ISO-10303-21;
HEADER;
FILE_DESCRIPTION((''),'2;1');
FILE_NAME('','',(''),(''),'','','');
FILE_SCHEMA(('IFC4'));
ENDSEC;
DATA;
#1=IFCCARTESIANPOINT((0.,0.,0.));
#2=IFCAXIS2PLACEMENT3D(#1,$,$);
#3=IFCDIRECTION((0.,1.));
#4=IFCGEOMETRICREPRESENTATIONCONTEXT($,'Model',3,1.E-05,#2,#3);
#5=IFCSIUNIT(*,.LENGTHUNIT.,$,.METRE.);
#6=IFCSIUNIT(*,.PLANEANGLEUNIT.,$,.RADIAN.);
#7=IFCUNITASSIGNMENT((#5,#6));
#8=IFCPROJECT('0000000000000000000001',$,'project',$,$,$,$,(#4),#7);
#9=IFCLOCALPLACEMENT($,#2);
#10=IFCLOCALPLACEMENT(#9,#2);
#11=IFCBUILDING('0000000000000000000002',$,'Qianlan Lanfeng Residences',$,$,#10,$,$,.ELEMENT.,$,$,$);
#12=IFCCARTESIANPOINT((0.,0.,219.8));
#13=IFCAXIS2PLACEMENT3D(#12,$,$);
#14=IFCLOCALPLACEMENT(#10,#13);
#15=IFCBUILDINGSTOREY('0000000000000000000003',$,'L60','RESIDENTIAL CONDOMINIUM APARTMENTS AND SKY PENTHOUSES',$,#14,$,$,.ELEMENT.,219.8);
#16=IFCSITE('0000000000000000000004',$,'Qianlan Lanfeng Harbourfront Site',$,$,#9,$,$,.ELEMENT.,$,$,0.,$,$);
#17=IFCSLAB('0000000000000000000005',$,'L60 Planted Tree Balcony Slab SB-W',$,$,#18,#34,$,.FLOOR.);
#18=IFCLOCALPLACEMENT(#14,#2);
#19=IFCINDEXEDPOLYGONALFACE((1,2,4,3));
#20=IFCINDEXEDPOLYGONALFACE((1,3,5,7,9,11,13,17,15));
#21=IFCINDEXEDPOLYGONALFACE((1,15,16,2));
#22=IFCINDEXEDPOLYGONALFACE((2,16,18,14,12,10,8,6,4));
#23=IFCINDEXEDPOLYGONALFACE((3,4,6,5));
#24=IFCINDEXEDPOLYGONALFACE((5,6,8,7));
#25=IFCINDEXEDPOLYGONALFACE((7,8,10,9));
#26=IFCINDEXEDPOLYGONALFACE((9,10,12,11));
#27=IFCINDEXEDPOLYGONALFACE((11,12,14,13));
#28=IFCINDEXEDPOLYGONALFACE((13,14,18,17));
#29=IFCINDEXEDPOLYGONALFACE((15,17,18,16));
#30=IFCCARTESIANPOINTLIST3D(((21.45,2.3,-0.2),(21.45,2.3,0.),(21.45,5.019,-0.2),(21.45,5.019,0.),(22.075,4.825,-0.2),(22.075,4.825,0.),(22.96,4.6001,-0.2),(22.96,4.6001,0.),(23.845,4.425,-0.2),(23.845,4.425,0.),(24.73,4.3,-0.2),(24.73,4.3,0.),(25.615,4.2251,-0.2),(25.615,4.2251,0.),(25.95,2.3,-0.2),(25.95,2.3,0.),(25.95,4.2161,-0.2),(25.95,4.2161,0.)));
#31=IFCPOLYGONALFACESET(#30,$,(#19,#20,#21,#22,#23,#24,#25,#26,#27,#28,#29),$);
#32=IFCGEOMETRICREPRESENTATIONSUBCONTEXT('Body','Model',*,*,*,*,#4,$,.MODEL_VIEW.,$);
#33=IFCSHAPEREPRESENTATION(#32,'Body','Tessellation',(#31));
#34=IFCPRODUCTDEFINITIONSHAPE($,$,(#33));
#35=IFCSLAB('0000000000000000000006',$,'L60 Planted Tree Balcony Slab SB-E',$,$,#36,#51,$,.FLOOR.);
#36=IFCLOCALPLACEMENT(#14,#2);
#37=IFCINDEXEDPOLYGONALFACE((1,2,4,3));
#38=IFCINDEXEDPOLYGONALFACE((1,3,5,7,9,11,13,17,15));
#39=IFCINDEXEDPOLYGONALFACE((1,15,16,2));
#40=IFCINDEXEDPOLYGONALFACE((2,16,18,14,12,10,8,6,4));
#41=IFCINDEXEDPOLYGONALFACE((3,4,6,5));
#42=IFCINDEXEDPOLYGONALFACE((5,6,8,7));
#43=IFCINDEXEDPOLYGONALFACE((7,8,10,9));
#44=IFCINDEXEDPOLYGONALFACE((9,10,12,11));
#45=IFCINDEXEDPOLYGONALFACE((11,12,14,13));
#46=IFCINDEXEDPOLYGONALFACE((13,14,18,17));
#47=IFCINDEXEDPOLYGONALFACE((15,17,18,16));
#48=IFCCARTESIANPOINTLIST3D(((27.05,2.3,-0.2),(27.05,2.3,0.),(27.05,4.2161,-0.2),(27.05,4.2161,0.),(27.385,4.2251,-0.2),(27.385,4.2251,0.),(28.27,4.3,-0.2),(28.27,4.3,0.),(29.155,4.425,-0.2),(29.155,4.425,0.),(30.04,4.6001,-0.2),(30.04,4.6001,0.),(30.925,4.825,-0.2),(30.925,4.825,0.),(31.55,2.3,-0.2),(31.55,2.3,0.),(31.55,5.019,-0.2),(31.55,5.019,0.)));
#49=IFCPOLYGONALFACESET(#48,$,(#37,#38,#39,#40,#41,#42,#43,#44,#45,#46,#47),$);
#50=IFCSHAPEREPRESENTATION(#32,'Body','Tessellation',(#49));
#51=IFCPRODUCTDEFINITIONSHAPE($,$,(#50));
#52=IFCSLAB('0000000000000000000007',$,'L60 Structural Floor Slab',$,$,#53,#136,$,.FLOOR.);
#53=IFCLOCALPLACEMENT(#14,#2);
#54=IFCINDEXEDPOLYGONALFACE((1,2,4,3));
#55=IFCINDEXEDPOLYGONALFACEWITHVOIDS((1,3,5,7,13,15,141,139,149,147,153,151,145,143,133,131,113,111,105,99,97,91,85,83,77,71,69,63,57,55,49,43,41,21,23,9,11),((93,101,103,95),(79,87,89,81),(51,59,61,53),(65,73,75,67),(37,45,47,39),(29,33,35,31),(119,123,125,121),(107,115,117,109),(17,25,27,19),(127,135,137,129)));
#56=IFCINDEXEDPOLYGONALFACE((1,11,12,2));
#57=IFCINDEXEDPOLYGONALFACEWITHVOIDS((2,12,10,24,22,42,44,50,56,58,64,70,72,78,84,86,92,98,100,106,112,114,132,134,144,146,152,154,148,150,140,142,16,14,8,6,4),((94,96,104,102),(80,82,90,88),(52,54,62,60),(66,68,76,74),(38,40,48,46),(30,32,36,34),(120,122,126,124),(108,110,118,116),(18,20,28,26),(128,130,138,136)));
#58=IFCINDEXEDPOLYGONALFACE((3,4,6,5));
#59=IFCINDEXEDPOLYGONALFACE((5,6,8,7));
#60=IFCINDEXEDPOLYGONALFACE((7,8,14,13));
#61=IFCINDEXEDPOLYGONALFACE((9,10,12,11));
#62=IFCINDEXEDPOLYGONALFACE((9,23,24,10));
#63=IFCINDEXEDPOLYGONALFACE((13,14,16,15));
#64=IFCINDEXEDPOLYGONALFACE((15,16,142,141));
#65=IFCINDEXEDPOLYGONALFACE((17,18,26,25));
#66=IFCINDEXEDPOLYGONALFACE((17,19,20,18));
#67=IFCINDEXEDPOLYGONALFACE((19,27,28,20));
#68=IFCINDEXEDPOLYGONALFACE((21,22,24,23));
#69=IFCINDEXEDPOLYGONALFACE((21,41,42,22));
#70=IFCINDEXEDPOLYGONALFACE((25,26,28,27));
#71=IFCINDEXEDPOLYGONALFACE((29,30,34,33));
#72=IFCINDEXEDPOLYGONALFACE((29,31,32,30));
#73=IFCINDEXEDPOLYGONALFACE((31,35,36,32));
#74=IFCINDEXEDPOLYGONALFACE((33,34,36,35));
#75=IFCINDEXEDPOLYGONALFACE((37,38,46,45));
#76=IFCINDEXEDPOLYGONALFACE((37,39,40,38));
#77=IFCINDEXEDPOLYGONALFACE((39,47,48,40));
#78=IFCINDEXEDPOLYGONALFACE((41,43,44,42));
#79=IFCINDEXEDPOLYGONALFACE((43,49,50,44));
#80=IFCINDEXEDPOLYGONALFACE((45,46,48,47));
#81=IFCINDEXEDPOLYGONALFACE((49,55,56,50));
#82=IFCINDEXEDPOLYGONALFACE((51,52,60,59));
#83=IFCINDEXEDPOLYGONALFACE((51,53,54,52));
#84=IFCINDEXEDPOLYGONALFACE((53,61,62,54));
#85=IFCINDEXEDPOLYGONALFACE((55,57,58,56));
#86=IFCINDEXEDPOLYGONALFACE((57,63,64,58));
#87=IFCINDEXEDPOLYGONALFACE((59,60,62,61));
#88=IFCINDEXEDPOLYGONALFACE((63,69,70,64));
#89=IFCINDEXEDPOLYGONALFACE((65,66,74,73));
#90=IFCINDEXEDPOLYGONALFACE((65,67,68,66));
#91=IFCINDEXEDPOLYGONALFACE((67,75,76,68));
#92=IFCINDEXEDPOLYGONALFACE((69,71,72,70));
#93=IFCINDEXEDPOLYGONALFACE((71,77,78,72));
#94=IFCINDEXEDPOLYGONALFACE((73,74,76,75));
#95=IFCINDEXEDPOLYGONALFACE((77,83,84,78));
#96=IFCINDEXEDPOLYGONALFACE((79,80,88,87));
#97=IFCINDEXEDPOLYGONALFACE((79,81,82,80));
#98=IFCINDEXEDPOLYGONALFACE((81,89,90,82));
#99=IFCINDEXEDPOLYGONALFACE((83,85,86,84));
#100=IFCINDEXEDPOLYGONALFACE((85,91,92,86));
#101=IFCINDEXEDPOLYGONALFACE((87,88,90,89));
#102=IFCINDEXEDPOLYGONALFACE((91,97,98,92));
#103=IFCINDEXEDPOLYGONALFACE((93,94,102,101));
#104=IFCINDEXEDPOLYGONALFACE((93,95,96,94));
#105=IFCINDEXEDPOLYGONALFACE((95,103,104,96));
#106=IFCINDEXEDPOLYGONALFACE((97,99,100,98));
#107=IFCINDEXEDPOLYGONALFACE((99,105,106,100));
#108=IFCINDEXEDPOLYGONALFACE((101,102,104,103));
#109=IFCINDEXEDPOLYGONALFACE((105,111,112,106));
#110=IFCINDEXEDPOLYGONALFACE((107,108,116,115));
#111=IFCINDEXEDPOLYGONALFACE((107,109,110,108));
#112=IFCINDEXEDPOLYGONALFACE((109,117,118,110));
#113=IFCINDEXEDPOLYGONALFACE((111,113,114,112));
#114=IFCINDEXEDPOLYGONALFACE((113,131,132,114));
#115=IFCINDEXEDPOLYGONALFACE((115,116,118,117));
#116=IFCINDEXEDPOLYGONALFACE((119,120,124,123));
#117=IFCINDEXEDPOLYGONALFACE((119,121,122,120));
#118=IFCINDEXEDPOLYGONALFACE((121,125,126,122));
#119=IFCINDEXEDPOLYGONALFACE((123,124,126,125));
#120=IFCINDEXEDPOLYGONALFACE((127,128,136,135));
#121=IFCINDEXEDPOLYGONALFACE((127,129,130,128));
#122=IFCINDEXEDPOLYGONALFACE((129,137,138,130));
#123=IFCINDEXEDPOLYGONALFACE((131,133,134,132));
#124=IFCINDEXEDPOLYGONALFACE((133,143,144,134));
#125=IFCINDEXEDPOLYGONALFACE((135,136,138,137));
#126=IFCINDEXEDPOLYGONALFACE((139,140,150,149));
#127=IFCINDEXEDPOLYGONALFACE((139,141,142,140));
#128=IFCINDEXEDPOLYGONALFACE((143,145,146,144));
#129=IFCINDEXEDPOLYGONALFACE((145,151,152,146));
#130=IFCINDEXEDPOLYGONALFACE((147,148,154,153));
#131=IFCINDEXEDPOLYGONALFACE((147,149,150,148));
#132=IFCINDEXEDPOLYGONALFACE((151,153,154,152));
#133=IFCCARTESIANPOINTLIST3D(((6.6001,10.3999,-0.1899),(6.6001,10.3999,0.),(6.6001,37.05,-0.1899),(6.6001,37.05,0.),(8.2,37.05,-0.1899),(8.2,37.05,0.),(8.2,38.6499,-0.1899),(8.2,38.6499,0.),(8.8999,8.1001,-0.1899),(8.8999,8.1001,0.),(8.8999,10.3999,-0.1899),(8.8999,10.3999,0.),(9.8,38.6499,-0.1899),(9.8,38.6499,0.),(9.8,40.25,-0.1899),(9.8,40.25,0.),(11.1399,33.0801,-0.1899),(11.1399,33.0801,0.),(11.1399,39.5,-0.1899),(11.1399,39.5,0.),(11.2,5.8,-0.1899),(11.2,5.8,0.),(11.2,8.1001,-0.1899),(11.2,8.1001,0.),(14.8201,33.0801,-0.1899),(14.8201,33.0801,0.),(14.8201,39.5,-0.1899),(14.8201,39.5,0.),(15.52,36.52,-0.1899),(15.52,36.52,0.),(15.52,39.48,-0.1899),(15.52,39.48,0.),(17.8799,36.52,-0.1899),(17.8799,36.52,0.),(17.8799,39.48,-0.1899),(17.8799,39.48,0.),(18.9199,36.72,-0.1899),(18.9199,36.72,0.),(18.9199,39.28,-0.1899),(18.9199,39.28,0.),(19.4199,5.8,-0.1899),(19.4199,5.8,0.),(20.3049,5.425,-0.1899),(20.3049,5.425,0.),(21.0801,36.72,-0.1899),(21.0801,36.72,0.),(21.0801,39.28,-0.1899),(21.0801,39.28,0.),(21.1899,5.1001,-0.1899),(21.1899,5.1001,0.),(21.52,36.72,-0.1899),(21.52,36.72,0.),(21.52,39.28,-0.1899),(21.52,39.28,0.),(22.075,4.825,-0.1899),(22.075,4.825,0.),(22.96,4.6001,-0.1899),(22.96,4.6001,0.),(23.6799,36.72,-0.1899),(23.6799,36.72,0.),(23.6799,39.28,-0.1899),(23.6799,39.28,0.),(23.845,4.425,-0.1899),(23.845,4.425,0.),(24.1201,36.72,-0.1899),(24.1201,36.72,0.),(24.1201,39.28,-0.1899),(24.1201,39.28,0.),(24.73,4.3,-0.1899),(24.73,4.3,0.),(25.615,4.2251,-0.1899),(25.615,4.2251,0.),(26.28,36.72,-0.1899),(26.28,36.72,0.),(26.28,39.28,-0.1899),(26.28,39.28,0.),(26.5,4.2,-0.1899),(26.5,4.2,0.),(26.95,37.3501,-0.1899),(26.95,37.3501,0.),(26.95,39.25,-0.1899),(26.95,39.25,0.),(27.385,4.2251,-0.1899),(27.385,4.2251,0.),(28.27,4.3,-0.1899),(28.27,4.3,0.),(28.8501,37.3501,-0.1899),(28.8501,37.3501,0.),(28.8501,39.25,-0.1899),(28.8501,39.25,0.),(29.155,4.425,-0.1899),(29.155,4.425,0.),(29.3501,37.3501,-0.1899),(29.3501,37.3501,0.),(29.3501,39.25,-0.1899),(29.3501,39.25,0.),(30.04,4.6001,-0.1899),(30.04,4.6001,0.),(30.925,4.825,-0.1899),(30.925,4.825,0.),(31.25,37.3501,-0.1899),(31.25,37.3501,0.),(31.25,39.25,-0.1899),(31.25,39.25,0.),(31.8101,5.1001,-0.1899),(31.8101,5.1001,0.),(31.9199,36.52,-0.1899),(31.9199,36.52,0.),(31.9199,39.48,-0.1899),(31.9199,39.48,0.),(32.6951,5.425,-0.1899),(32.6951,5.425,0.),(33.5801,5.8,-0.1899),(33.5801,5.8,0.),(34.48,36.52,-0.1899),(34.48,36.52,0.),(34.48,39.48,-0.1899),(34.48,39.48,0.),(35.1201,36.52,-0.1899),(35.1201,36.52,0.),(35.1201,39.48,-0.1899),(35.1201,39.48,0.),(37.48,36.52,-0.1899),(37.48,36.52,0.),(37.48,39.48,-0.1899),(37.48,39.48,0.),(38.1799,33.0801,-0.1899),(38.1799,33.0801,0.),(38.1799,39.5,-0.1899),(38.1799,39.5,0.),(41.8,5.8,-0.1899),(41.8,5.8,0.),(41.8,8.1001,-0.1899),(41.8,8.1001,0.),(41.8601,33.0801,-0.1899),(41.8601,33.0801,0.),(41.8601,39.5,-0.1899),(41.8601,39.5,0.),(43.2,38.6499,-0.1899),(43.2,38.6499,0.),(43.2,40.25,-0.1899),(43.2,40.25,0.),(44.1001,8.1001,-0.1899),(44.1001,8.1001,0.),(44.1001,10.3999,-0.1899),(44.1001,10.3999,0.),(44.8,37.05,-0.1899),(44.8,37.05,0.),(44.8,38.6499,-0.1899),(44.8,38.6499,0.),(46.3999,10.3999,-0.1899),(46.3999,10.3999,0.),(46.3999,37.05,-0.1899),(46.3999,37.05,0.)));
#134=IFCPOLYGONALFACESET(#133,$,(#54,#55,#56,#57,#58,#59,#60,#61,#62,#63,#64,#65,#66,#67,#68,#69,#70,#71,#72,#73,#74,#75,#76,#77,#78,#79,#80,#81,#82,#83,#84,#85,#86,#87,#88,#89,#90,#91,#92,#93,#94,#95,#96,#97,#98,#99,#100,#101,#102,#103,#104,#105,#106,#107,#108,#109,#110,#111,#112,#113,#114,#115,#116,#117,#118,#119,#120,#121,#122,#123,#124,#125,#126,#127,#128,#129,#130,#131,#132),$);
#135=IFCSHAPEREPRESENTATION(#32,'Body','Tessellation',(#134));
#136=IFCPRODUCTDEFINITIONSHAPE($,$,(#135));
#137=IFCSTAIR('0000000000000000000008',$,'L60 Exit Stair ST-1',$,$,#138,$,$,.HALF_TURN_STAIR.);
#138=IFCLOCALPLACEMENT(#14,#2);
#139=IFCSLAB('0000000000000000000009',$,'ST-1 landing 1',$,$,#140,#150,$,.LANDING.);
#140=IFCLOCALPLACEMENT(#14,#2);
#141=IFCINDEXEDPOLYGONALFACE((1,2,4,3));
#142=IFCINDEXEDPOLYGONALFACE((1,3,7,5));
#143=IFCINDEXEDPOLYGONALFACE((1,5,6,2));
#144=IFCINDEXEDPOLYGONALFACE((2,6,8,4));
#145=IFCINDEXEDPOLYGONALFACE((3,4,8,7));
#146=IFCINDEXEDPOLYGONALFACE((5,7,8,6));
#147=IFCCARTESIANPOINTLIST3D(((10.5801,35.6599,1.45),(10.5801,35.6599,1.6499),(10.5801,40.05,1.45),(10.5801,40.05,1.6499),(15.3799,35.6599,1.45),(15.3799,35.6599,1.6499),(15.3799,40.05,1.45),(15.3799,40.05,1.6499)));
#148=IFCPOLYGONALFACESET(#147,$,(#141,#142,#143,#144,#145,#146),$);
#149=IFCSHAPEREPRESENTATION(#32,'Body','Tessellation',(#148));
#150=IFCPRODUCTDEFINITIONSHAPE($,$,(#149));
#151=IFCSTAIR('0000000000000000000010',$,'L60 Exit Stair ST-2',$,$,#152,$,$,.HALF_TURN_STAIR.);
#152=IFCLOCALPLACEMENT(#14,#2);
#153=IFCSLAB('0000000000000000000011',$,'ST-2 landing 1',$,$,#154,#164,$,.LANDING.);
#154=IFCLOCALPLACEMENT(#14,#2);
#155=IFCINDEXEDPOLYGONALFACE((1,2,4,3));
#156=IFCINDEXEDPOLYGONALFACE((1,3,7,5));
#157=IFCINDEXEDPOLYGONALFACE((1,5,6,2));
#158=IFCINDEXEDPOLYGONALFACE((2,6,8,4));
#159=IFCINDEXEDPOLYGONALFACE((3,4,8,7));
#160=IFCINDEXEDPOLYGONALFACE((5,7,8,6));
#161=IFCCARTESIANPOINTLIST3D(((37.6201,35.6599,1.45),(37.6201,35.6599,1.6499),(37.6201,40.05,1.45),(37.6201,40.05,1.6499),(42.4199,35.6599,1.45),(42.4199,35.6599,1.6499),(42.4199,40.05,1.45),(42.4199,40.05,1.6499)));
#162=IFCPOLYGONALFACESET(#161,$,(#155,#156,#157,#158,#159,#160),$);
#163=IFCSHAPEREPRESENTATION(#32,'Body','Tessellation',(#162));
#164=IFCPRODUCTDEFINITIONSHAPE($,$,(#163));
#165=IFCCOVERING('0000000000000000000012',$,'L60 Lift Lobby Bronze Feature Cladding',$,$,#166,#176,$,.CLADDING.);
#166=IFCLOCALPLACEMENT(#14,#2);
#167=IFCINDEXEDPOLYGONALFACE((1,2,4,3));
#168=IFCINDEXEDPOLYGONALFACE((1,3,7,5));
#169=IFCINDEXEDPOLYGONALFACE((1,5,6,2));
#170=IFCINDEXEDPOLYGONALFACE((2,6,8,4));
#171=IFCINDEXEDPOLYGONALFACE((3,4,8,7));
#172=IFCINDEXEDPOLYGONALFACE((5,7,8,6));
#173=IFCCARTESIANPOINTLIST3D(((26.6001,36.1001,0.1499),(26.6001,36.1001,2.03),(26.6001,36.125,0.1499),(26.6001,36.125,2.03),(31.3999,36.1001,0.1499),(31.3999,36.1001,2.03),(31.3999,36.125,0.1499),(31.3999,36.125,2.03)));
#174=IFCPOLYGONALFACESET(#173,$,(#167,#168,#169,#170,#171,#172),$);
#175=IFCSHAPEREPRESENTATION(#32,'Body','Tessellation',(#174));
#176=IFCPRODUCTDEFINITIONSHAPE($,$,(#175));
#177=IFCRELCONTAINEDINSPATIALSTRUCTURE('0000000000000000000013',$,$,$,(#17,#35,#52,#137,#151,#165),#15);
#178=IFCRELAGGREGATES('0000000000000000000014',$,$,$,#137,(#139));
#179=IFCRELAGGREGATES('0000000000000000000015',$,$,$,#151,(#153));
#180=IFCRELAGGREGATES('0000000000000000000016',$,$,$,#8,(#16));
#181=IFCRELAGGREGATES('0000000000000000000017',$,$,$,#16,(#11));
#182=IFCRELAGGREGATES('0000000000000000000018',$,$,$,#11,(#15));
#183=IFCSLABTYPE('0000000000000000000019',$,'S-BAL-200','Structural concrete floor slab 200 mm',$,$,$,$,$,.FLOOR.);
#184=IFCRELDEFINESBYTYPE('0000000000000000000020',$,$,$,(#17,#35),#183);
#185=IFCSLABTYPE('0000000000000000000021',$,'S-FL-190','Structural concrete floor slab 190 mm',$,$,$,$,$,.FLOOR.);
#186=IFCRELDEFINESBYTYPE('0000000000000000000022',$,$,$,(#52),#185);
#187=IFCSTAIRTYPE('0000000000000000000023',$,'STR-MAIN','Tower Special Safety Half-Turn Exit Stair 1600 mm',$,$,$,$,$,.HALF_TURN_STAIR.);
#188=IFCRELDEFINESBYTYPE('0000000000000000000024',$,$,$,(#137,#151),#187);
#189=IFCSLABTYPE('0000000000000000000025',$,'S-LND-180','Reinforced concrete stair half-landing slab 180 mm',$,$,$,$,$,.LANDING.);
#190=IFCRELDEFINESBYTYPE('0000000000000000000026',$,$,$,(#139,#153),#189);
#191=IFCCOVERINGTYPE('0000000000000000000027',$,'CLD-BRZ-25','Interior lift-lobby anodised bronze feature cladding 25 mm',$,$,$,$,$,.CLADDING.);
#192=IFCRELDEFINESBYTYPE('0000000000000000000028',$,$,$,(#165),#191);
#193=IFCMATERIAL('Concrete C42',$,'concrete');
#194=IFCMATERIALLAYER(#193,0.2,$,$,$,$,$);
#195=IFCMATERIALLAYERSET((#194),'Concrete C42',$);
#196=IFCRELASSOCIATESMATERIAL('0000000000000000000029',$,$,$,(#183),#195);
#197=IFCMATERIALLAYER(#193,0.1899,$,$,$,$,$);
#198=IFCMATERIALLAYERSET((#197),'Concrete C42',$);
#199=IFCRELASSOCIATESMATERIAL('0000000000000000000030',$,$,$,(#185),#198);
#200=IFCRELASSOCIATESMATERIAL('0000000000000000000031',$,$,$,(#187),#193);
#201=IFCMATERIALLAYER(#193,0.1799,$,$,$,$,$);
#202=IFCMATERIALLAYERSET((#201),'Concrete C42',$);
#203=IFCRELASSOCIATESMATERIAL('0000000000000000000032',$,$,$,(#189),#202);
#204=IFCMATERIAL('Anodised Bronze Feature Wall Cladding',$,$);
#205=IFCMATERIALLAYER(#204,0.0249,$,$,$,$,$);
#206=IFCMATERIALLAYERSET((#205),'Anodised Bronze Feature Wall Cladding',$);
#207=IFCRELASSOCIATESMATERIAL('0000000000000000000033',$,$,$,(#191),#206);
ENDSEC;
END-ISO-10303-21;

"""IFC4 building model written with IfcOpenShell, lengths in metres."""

from ifc_helpers import new_model, si_unit, direction, frame, origin, place, context, subcontext, project, spatial, polyline, outline, extrude, material, layer, layer_set, type_object, element, aggregate, save


model = new_model("IFC4")

# Units and contexts
model_context = context("Model", 3, precision=1e-05, world=origin(), true_north=direction((0.0, 1.0)))
body_context = subcontext(model_context, "Body", "Model", "MODEL_VIEW")
ifc_project = project(units=[si_unit("LENGTHUNIT", "METRE"), si_unit("PLANEANGLEUNIT", "RADIAN")], contexts=[model_context])

# Site, building, storey
site_placement = place(None, origin())
site = spatial("IfcSite", under=ifc_project, at=site_placement, Name="Qianlan Lanfeng Harbourfront Site", CompositionType="ELEMENT", RefElevation=0.0)
building_placement = place(site_placement, origin())
building = spatial("IfcBuilding", under=site, at=building_placement, Name="Qianlan Lanfeng Residences", CompositionType="ELEMENT")
storey_placement = place(building_placement, frame((0.0, 0.0, 219.8)))
storey = spatial("IfcBuildingStorey", under=building, at=storey_placement, Name="L60", Description="RESIDENTIAL CONDOMINIUM APARTMENTS AND SKY PENTHOUSES", CompositionType="ELEMENT", Elevation=219.8)

# Slabs
ifc_material_1 = material(Name="Concrete C42", Category="concrete")
ifc_layer_1 = layer(ifc_material_1, 0.2)
ifc_layer_set_1 = layer_set([ifc_layer_1], Name="Concrete C42")
slab_type_1 = type_object("IfcSlabType", Name="S-BAL-200", Description="Structural concrete floor slab 200 mm", PredefinedType="FLOOR", material=ifc_layer_set_1)
slab_1_placement = place(storey_placement, frame((0.0, 0.0, -0.2)))
element("IfcSlab", 1, at=slab_1_placement, inside=storey, type_object=slab_type_1, Name="L60 Planted Tree Balcony Slab SB-W", PredefinedType="FLOOR", context=body_context, shape_type="SweptSolid", body=[
    extrude(outline(polyline([(25.95, 4.2161), (25.615, 4.2251), (24.73, 4.3), (23.845, 4.425), (22.96, 4.6001), (22.075, 4.825), (21.45, 5.019), (21.45, 2.3), (25.95, 2.3), (25.95, 4.2161)])), origin(), (0.0, 0.0, 1.0), 0.2),
])
slab_2_placement = place(storey_placement, frame((0.0, 0.0, -0.2)))
element("IfcSlab", 2, at=slab_2_placement, inside=storey, type_object=slab_type_1, Name="L60 Planted Tree Balcony Slab SB-E", PredefinedType="FLOOR", context=body_context, shape_type="SweptSolid", body=[
    extrude(outline(polyline([(31.55, 5.019), (30.925, 4.825), (30.04, 4.6001), (29.155, 4.425), (28.27, 4.3), (27.385, 4.2251), (27.05, 4.2161), (27.05, 2.3), (31.55, 2.3), (31.55, 5.019)])), origin(), (0.0, 0.0, 1.0), 0.2),
])
ifc_layer_2 = layer(ifc_material_1, 0.1899)
ifc_layer_set_2 = layer_set([ifc_layer_2], Name="Concrete C42")
slab_type_2 = type_object("IfcSlabType", Name="S-FL-190", Description="Structural concrete floor slab 190 mm", PredefinedType="FLOOR", material=ifc_layer_set_2)
slab_3_placement = place(storey_placement, frame((0.0, 0.0, -0.1899)))
element("IfcSlab", 3, at=slab_3_placement, inside=storey, type_object=slab_type_2, Name="L60 Structural Floor Slab", PredefinedType="FLOOR", context=body_context, shape_type="SweptSolid", body=[
    extrude(outline(polyline([(6.6001, 10.3999), (8.8999, 10.3999), (8.8999, 8.1001), (11.2, 8.1001), (11.2, 5.8), (19.4199, 5.8), (20.3049, 5.425), (21.1899, 5.1001), (22.075, 4.825), (22.96, 4.6001), (23.845, 4.425), (24.73, 4.3), (25.615, 4.2251), (26.5, 4.2), (27.385, 4.2251), (28.27, 4.3), (29.155, 4.425), (30.04, 4.6001), (30.925, 4.825), (31.8101, 5.1001), (32.6951, 5.425), (33.5801, 5.8), (41.8, 5.8), (41.8, 8.1001), (44.1001, 8.1001), (44.1001, 10.3999), (46.3999, 10.3999), (46.3999, 37.05), (44.8, 37.05), (44.8, 38.6499), (43.2, 38.6499), (43.2, 40.25), (9.8, 40.25), (9.8, 38.6499), (8.2, 38.6499), (8.2, 37.05), (6.6001, 37.05), (6.6001, 10.3999)]), holes=[polyline([(11.1399, 33.0801), (11.1399, 39.5), (14.8201, 39.5), (14.8201, 33.0801), (11.1399, 33.0801)]), polyline([(38.1799, 33.0801), (38.1799, 39.5), (41.8601, 39.5), (41.8601, 33.0801), (38.1799, 33.0801)]), polyline([(15.52, 36.52), (15.52, 39.48), (17.8799, 39.48), (17.8799, 36.52), (15.52, 36.52)]), polyline([(35.1201, 36.52), (35.1201, 39.48), (37.48, 39.48), (37.48, 36.52), (35.1201, 36.52)]), polyline([(31.9199, 36.52), (31.9199, 39.48), (34.48, 39.48), (34.48, 36.52), (31.9199, 36.52)]), polyline([(18.9199, 36.72), (18.9199, 39.28), (21.0801, 39.28), (21.0801, 36.72), (18.9199, 36.72)]), polyline([(21.52, 36.72), (21.52, 39.28), (23.6799, 39.28), (23.6799, 36.72), (21.52, 36.72)]), polyline([(24.1201, 36.72), (24.1201, 39.28), (26.28, 39.28), (26.28, 36.72), (24.1201, 36.72)]), polyline([(26.95, 37.3501), (26.95, 39.25), (28.8501, 39.25), (28.8501, 37.3501), (26.95, 37.3501)]), polyline([(29.3501, 37.3501), (29.3501, 39.25), (31.25, 39.25), (31.25, 37.3501), (29.3501, 37.3501)])]), origin(), (0.0, 0.0, 1.0), 0.1899),
])

# Stairs, slabs
stair_type = type_object("IfcStairType", Name="STR-MAIN", Description="Tower Special Safety Half-Turn Exit Stair 1600 mm", PredefinedType="HALF_TURN_STAIR", material=ifc_material_1)
stair_1_placement = place(storey_placement, origin())
stair_1 = element("IfcStair", 4, at=stair_1_placement, inside=storey, type_object=stair_type, Name="L60 Exit Stair ST-1", PredefinedType="HALF_TURN_STAIR")
ifc_layer_3 = layer(ifc_material_1, 0.1799)
ifc_layer_set_3 = layer_set([ifc_layer_3], Name="Concrete C42")
slab_type_3 = type_object("IfcSlabType", Name="S-LND-180", Description="Reinforced concrete stair half-landing slab 180 mm", PredefinedType="LANDING", material=ifc_layer_set_3)
slab_4_placement = place(storey_placement, frame((0.0, 0.0, 1.45)))
slab_4 = element("IfcSlab", 5, at=slab_4_placement, type_object=slab_type_3, Name="ST-1 landing 1", PredefinedType="LANDING", context=body_context, shape_type="SweptSolid", body=[
    extrude(outline(polyline([(10.5801, 35.6599), (15.3799, 35.6599), (15.3799, 40.05), (10.5801, 40.05), (10.5801, 35.6599)])), origin(), (0.0, 0.0, 1.0), 0.2),
])
aggregate(stair_1, [slab_4])
stair_2_placement = place(storey_placement, origin())
stair_2 = element("IfcStair", 6, at=stair_2_placement, inside=storey, type_object=stair_type, Name="L60 Exit Stair ST-2", PredefinedType="HALF_TURN_STAIR")
slab_5_placement = place(storey_placement, frame((0.0, 0.0, 1.45)))
slab_5 = element("IfcSlab", 7, at=slab_5_placement, type_object=slab_type_3, Name="ST-2 landing 1", PredefinedType="LANDING", context=body_context, shape_type="SweptSolid", body=[
    extrude(outline(polyline([(37.6201, 35.6599), (42.4199, 35.6599), (42.4199, 40.05), (37.6201, 40.05), (37.6201, 35.6599)])), origin(), (0.0, 0.0, 1.0), 0.2),
])
aggregate(stair_2, [slab_5])

# Covering
ifc_material_2 = material(Name="Anodised Bronze Feature Wall Cladding")
ifc_layer_4 = layer(ifc_material_2, 0.0249)
ifc_layer_set_4 = layer_set([ifc_layer_4], Name="Anodised Bronze Feature Wall Cladding")
covering_type_1 = type_object("IfcCoveringType", Name="CLD-BRZ-25", Description="Interior lift-lobby anodised bronze feature cladding 25 mm", PredefinedType="CLADDING", material=ifc_layer_set_4)
covering_1_placement = place(storey_placement, frame((0.0, 0.0, 0.1499)))
element("IfcCovering", 8, at=covering_1_placement, inside=storey, type_object=covering_type_1, Name="L60 Lift Lobby Bronze Feature Cladding", PredefinedType="CLADDING", context=body_context, shape_type="SweptSolid", body=[
    extrude(outline(polyline([(26.6001, 36.1001), (31.3999, 36.1001), (31.3999, 36.125), (26.6001, 36.125), (26.6001, 36.1001)])), origin(), (0.0, 0.0, 1.0), 1.8801),
])

save(model, "model.ifc")
